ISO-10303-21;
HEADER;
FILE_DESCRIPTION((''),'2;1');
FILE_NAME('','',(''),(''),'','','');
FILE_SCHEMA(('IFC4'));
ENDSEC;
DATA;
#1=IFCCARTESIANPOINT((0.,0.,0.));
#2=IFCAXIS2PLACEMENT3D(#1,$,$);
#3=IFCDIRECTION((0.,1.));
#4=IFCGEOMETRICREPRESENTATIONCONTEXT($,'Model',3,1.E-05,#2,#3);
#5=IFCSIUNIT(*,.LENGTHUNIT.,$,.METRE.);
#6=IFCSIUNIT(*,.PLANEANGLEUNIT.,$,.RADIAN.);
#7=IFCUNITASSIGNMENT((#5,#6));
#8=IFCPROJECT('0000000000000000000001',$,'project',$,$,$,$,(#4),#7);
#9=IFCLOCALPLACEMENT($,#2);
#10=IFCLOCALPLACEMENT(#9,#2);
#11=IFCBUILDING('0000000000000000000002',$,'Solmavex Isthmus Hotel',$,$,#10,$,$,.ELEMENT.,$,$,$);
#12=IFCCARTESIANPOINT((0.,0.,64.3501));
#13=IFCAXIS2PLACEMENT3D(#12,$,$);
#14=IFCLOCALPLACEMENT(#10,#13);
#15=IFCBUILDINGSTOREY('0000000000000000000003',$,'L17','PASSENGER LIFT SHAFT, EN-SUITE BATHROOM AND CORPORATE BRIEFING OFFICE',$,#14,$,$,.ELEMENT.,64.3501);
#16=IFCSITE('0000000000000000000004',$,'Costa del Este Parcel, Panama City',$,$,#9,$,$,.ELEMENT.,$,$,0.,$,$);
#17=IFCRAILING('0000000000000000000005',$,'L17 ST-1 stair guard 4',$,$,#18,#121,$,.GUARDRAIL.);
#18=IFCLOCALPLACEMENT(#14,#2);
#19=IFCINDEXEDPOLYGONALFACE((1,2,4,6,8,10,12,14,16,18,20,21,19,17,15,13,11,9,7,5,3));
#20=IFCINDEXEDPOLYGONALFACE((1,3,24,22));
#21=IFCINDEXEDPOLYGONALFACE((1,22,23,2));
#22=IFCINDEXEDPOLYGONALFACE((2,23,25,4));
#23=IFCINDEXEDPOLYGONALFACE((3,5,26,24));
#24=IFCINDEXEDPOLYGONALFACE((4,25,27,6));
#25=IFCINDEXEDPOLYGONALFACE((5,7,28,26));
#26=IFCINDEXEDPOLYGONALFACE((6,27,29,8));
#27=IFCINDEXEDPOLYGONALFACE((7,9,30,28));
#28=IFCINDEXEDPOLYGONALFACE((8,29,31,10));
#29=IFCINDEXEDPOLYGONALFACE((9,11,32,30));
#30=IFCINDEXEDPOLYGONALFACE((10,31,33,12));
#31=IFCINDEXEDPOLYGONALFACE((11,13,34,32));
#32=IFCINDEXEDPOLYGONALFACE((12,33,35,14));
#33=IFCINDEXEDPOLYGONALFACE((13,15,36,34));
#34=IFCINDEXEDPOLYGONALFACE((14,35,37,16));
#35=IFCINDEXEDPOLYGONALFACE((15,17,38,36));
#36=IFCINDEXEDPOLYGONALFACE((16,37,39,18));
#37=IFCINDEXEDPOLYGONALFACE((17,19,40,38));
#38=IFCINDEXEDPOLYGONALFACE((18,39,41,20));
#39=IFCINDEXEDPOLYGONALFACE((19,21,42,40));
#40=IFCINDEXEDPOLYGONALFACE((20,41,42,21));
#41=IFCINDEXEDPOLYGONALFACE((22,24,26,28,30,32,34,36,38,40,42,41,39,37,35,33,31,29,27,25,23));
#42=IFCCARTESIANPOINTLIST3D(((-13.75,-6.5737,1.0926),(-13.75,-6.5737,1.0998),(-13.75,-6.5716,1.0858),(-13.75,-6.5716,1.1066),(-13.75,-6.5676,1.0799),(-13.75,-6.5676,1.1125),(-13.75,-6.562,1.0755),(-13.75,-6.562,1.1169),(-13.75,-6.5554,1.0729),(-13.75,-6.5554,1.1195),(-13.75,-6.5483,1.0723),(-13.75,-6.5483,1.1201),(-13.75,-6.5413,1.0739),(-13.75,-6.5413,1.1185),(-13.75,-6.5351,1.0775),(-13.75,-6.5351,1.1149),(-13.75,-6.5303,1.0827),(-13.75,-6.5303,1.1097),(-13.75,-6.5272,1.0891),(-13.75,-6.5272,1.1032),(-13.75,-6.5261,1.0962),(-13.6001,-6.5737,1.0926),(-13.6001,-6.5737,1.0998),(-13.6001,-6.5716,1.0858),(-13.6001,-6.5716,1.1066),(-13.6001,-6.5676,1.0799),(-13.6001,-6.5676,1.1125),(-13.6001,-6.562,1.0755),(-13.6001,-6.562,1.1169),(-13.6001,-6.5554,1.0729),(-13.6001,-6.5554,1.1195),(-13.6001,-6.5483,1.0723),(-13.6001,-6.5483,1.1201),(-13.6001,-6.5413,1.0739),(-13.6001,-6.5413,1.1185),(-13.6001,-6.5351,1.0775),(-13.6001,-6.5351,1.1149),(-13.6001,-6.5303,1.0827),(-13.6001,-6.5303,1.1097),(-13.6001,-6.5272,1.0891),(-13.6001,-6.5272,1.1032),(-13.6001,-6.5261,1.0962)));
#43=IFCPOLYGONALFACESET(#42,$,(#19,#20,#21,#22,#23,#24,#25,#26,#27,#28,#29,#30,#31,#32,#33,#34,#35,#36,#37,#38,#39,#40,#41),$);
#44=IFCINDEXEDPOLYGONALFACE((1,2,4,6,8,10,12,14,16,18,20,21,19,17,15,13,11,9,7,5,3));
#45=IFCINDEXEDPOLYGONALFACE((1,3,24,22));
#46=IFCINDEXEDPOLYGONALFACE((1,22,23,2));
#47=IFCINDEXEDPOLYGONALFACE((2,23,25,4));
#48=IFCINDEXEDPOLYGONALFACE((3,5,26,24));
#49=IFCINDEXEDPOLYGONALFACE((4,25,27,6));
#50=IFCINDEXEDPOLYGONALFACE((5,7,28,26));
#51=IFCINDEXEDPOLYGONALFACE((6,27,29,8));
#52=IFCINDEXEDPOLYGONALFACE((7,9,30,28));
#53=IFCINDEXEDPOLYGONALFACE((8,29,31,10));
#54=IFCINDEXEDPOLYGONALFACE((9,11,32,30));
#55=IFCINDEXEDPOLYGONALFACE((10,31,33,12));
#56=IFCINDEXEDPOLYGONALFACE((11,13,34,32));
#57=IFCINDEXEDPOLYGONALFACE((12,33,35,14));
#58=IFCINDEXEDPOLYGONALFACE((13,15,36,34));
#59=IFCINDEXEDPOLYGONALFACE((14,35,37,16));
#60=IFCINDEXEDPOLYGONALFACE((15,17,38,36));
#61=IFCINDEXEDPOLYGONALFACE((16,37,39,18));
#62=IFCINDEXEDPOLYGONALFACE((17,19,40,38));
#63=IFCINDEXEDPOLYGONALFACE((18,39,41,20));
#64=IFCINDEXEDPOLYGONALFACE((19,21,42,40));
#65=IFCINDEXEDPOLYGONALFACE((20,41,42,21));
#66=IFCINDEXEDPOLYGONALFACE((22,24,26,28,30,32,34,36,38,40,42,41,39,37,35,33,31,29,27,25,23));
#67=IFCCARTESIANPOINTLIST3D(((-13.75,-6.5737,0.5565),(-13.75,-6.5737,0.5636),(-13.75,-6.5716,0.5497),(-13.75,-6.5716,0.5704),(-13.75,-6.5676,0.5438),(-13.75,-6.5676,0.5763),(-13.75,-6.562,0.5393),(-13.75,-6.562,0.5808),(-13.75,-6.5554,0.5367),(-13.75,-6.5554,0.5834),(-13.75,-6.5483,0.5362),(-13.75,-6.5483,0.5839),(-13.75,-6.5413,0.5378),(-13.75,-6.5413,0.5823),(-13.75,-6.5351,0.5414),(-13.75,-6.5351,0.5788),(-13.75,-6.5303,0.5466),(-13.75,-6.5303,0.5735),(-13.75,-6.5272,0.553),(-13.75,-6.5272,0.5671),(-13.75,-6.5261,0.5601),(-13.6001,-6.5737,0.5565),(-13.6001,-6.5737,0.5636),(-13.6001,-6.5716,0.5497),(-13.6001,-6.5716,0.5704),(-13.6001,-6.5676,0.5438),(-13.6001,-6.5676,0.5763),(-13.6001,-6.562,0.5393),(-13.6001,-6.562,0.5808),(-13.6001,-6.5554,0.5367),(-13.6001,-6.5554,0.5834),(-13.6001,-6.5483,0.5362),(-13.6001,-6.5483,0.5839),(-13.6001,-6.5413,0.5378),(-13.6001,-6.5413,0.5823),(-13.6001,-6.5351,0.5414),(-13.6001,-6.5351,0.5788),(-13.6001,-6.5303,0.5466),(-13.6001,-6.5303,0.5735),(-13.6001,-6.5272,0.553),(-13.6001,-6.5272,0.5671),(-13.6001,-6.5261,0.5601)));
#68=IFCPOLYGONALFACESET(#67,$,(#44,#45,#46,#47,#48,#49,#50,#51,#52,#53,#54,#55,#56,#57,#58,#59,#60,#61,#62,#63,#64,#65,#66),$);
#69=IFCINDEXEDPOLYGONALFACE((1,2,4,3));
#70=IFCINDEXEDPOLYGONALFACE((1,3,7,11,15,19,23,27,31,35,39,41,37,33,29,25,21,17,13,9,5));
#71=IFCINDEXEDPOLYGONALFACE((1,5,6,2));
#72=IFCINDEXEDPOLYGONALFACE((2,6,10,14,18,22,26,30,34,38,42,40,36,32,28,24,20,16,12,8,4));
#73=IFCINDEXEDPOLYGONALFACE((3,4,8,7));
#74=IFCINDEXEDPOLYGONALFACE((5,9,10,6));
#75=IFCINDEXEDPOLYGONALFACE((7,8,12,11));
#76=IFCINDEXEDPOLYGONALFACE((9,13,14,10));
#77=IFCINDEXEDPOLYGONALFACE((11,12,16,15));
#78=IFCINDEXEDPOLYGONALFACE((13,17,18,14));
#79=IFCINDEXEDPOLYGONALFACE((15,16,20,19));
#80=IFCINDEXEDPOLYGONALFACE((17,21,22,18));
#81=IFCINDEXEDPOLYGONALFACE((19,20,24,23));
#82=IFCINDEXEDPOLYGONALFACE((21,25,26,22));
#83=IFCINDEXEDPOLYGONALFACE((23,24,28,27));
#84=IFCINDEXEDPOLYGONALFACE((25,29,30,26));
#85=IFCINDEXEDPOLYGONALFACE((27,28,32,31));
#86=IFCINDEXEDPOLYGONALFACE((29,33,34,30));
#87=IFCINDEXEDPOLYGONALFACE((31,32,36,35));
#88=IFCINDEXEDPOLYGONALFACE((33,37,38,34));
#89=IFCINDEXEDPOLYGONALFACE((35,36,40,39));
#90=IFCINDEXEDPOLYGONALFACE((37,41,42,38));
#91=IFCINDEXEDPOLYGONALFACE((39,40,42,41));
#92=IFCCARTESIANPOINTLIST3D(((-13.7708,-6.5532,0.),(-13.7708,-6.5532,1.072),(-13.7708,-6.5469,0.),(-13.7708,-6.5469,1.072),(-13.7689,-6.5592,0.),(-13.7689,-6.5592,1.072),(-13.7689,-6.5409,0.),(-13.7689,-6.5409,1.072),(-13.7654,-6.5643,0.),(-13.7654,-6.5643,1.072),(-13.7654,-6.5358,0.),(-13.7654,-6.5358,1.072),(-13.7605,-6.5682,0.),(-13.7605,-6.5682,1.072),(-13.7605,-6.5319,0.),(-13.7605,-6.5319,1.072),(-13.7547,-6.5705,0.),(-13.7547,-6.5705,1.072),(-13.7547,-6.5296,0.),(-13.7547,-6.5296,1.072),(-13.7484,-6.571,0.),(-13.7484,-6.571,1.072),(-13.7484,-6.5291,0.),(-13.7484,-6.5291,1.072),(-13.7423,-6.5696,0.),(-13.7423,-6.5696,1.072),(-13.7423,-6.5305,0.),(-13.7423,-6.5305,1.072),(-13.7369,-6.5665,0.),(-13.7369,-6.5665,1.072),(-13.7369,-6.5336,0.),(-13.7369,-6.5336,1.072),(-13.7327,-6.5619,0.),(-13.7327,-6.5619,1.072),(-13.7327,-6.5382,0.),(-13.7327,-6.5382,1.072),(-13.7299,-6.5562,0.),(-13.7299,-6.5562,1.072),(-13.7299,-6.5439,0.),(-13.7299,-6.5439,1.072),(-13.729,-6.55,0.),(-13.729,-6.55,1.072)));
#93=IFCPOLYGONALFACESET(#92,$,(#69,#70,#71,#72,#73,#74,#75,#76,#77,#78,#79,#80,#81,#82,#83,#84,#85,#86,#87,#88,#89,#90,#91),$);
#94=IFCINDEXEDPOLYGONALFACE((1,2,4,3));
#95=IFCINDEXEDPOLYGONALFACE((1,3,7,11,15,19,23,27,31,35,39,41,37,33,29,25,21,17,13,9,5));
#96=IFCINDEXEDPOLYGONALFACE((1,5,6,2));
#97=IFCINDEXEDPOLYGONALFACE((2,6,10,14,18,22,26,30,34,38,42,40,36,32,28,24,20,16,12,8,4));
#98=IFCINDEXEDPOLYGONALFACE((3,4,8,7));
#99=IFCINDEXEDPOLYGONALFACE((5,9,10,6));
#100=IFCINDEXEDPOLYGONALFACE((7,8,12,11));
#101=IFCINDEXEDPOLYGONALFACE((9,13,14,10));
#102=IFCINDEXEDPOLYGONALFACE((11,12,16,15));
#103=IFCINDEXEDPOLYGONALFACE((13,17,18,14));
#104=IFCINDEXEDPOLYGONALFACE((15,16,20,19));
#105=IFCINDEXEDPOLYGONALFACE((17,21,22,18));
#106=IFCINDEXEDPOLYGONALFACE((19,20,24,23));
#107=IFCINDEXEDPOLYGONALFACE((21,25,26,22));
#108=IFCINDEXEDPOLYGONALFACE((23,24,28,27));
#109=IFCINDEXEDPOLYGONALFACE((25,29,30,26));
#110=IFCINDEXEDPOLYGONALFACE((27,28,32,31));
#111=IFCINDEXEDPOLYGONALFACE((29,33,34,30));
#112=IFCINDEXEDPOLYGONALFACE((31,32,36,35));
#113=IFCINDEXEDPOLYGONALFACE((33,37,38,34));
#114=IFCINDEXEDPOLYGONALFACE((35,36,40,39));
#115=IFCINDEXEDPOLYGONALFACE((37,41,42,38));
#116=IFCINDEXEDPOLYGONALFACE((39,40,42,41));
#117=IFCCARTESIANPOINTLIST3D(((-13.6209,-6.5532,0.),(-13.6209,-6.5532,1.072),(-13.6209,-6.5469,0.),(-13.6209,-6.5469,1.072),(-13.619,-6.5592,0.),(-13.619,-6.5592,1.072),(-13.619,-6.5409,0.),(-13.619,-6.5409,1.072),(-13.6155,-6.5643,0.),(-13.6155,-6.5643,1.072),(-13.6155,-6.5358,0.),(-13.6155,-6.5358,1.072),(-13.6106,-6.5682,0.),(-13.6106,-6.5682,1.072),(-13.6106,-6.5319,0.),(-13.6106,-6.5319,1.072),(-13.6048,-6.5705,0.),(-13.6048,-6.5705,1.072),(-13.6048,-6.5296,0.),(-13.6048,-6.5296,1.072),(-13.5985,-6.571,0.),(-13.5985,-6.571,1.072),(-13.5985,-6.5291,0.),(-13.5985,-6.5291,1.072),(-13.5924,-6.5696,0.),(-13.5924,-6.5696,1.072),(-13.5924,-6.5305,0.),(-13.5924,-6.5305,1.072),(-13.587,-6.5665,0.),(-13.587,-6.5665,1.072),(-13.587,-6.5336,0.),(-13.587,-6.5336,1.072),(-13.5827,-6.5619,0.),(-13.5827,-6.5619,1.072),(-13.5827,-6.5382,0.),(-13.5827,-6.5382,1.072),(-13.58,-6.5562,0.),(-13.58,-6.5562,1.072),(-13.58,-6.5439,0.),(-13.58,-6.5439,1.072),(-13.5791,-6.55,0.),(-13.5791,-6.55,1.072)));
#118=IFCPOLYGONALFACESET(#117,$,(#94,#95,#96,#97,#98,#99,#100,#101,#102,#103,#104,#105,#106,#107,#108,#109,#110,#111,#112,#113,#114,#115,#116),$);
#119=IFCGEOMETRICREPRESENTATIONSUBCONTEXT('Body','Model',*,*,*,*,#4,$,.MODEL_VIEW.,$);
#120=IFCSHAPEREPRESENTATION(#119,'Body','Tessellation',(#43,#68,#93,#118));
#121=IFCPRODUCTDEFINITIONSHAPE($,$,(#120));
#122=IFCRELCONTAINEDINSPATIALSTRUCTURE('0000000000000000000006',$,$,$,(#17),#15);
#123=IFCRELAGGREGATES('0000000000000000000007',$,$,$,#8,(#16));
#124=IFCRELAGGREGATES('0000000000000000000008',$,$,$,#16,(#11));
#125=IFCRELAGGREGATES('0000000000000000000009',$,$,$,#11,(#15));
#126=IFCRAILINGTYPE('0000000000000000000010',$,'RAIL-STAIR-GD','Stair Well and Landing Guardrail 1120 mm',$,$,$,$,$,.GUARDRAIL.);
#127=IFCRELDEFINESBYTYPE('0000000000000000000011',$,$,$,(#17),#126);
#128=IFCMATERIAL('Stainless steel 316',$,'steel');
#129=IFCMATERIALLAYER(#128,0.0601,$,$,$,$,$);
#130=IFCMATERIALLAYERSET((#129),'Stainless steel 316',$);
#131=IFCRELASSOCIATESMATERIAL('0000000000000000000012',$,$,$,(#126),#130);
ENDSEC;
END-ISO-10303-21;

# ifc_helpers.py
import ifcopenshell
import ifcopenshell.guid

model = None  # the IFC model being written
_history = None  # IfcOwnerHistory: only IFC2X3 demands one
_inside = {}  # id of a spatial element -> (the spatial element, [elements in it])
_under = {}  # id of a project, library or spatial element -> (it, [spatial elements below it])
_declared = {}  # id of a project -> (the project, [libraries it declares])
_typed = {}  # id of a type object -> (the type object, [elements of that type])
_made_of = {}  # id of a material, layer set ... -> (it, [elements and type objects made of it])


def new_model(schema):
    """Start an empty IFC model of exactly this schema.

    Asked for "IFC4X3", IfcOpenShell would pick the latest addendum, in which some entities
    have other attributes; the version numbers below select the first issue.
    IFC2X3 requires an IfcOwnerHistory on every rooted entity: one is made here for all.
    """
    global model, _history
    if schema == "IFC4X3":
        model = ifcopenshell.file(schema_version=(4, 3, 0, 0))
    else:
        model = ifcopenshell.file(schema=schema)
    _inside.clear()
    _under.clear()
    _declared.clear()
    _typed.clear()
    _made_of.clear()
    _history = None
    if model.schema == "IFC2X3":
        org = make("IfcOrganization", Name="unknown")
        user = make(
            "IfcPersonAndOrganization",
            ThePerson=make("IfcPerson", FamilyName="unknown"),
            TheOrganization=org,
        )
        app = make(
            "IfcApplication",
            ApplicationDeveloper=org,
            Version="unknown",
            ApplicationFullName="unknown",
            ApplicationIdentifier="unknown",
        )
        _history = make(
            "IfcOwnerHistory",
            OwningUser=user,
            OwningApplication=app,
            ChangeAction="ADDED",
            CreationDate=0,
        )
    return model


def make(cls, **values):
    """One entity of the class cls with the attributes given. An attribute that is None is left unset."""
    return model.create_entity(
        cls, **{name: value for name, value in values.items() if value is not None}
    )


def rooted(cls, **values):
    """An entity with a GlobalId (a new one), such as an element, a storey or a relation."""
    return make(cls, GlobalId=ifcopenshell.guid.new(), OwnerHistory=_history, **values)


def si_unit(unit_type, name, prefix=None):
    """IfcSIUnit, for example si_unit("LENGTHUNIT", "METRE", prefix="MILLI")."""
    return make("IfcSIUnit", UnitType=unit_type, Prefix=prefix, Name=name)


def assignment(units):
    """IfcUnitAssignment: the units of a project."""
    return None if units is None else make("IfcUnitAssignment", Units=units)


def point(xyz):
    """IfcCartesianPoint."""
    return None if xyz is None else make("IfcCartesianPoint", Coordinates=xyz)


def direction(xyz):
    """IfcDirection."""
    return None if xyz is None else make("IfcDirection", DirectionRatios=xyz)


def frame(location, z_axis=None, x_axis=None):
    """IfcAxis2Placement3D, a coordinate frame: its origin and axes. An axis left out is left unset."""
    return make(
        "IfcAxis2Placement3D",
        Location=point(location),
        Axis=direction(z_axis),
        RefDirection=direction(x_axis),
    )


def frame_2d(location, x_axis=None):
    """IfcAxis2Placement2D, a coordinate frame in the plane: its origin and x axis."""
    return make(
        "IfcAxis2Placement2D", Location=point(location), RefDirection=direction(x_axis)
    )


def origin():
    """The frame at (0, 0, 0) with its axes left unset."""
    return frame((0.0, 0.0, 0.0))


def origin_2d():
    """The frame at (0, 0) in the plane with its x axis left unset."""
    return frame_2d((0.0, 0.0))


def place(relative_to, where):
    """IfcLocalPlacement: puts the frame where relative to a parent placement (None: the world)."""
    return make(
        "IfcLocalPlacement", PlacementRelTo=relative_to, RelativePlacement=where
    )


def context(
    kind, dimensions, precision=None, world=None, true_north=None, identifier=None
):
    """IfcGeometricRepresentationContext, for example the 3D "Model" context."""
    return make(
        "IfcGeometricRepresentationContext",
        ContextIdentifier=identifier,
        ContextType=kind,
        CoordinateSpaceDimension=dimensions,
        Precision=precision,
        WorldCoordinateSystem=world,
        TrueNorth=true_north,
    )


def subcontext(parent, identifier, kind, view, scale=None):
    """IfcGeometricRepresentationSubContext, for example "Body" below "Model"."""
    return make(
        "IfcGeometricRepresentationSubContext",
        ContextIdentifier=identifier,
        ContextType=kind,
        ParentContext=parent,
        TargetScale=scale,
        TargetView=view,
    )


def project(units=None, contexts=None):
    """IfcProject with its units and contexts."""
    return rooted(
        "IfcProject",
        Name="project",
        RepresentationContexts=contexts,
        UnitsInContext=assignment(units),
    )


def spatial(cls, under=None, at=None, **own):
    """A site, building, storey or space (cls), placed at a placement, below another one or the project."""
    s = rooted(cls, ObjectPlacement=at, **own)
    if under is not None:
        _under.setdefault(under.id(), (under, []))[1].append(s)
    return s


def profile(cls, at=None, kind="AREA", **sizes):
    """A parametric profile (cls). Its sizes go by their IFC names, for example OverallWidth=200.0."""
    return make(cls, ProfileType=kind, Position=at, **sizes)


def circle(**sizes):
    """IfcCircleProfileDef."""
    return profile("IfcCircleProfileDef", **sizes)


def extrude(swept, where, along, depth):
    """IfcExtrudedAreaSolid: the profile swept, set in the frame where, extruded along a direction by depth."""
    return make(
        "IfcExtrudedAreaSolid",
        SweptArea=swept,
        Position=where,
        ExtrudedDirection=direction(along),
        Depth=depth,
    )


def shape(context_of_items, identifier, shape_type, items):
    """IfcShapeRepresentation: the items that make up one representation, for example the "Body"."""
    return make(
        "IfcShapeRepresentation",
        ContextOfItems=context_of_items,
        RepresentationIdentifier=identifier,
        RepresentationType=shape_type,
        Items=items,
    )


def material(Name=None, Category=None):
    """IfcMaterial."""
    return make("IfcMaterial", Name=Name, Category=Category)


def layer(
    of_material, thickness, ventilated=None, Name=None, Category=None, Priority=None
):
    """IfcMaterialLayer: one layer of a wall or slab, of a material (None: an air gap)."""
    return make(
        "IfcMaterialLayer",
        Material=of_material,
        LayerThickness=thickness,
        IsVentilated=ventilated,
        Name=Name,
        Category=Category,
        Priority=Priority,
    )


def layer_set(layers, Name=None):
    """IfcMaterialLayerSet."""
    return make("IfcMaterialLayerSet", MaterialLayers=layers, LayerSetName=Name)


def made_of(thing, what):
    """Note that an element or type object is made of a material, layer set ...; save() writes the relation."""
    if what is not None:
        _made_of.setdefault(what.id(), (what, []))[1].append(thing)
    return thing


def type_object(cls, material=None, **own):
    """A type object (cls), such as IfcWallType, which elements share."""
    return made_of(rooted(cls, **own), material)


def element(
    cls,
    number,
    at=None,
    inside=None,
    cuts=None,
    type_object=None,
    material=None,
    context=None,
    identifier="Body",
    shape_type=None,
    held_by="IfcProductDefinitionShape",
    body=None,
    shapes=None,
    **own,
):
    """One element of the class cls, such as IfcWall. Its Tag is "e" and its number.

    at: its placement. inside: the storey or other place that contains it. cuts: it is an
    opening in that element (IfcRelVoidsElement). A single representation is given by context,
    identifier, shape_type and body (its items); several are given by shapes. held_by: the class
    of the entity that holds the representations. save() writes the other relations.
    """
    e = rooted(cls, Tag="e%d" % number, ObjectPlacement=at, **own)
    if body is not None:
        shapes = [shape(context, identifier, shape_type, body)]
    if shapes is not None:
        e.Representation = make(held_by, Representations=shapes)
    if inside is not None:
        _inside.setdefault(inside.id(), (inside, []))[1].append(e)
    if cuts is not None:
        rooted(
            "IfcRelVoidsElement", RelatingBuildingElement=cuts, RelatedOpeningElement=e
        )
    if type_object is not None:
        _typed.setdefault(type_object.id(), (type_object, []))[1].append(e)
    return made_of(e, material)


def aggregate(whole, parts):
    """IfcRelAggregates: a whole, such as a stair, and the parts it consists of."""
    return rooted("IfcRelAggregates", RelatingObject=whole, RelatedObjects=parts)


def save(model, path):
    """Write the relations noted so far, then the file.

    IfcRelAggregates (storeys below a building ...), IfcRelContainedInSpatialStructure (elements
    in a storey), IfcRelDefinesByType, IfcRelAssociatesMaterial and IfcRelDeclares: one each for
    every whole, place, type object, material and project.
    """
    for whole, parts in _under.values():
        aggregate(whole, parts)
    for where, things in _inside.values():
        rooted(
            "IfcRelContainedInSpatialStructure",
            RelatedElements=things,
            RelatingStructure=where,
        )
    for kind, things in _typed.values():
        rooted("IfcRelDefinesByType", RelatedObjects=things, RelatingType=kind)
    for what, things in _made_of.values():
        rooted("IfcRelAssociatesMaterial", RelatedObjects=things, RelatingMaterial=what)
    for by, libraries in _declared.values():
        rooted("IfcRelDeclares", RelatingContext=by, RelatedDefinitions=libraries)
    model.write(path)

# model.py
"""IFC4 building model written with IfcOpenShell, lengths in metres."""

from ifc_helpers import new_model, si_unit, direction, frame, origin, origin_2d, place, context, subcontext, project, spatial, circle, extrude, material, layer, layer_set, type_object, element, save


model = new_model("IFC4")

# Units and contexts
model_context = context("Model", 3, precision=1e-05, world=origin(), true_north=direction((0.0, 1.0)))
body_context = subcontext(model_context, "Body", "Model", "MODEL_VIEW")
ifc_project = project(units=[si_unit("LENGTHUNIT", "METRE"), si_unit("PLANEANGLEUNIT", "RADIAN")], contexts=[model_context])

# Site, building, storey
site_placement = place(None, origin())
site = spatial("IfcSite", under=ifc_project, at=site_placement, Name="Costa del Este Parcel, Panama City", CompositionType="ELEMENT", RefElevation=0.0)
building_placement = place(site_placement, origin())
building = spatial("IfcBuilding", under=site, at=building_placement, Name="Solmavex Isthmus Hotel", CompositionType="ELEMENT")
storey_placement = place(building_placement, frame((0.0, 0.0, 64.3501)))
storey = spatial("IfcBuildingStorey", under=building, at=storey_placement, Name="L17", Description="PASSENGER LIFT SHAFT, EN-SUITE BATHROOM AND CORPORATE BRIEFING OFFICE", CompositionType="ELEMENT", Elevation=64.3501)

# Shared definitions
ifc_material_1 = material(Name="Stainless steel 316", Category="steel")

# Railing
ifc_layer_1 = layer(ifc_material_1, 0.0601)
ifc_layer_set_1 = layer_set([ifc_layer_1], Name="Stainless steel 316")
railing_type_1 = type_object("IfcRailingType", Name="RAIL-STAIR-GD", Description="Stair Well and Landing Guardrail 1120 mm", PredefinedType="GUARDRAIL", material=ifc_layer_set_1)
railing_1_placement = place(storey_placement, frame((-13.75, -6.55, 0.0)))
element("IfcRailing", 1, at=railing_1_placement, inside=storey, type_object=railing_type_1, Name="L17 ST-1 stair guard 4", PredefinedType="GUARDRAIL", context=body_context, shape_type="SweptSolid", body=[
    extrude(circle(Radius=0.0239, at=origin_2d()), frame((0.0, 0.0, 1.0962), z_axis=(1.0, 0.0, 0.0), x_axis=(0.0, 1.0, 0.0)), (0.0, 0.0, 1.0), 0.1499),
    extrude(circle(Radius=0.0239, at=origin_2d()), frame((0.0, 0.0, 0.5601), z_axis=(1.0, 0.0, 0.0), x_axis=(0.0, 1.0, 0.0)), (0.0, 0.0, 1.0), 0.1499),
    extrude(circle(Radius=0.021, at=origin_2d()), origin(), (0.0, 0.0, 1.0), 1.072),
    extrude(circle(Radius=0.021, at=origin_2d()), frame((0.1499, 0.0, 0.0)), (0.0, 0.0, 1.0), 1.072),
])

save(model, "model.ifc")
